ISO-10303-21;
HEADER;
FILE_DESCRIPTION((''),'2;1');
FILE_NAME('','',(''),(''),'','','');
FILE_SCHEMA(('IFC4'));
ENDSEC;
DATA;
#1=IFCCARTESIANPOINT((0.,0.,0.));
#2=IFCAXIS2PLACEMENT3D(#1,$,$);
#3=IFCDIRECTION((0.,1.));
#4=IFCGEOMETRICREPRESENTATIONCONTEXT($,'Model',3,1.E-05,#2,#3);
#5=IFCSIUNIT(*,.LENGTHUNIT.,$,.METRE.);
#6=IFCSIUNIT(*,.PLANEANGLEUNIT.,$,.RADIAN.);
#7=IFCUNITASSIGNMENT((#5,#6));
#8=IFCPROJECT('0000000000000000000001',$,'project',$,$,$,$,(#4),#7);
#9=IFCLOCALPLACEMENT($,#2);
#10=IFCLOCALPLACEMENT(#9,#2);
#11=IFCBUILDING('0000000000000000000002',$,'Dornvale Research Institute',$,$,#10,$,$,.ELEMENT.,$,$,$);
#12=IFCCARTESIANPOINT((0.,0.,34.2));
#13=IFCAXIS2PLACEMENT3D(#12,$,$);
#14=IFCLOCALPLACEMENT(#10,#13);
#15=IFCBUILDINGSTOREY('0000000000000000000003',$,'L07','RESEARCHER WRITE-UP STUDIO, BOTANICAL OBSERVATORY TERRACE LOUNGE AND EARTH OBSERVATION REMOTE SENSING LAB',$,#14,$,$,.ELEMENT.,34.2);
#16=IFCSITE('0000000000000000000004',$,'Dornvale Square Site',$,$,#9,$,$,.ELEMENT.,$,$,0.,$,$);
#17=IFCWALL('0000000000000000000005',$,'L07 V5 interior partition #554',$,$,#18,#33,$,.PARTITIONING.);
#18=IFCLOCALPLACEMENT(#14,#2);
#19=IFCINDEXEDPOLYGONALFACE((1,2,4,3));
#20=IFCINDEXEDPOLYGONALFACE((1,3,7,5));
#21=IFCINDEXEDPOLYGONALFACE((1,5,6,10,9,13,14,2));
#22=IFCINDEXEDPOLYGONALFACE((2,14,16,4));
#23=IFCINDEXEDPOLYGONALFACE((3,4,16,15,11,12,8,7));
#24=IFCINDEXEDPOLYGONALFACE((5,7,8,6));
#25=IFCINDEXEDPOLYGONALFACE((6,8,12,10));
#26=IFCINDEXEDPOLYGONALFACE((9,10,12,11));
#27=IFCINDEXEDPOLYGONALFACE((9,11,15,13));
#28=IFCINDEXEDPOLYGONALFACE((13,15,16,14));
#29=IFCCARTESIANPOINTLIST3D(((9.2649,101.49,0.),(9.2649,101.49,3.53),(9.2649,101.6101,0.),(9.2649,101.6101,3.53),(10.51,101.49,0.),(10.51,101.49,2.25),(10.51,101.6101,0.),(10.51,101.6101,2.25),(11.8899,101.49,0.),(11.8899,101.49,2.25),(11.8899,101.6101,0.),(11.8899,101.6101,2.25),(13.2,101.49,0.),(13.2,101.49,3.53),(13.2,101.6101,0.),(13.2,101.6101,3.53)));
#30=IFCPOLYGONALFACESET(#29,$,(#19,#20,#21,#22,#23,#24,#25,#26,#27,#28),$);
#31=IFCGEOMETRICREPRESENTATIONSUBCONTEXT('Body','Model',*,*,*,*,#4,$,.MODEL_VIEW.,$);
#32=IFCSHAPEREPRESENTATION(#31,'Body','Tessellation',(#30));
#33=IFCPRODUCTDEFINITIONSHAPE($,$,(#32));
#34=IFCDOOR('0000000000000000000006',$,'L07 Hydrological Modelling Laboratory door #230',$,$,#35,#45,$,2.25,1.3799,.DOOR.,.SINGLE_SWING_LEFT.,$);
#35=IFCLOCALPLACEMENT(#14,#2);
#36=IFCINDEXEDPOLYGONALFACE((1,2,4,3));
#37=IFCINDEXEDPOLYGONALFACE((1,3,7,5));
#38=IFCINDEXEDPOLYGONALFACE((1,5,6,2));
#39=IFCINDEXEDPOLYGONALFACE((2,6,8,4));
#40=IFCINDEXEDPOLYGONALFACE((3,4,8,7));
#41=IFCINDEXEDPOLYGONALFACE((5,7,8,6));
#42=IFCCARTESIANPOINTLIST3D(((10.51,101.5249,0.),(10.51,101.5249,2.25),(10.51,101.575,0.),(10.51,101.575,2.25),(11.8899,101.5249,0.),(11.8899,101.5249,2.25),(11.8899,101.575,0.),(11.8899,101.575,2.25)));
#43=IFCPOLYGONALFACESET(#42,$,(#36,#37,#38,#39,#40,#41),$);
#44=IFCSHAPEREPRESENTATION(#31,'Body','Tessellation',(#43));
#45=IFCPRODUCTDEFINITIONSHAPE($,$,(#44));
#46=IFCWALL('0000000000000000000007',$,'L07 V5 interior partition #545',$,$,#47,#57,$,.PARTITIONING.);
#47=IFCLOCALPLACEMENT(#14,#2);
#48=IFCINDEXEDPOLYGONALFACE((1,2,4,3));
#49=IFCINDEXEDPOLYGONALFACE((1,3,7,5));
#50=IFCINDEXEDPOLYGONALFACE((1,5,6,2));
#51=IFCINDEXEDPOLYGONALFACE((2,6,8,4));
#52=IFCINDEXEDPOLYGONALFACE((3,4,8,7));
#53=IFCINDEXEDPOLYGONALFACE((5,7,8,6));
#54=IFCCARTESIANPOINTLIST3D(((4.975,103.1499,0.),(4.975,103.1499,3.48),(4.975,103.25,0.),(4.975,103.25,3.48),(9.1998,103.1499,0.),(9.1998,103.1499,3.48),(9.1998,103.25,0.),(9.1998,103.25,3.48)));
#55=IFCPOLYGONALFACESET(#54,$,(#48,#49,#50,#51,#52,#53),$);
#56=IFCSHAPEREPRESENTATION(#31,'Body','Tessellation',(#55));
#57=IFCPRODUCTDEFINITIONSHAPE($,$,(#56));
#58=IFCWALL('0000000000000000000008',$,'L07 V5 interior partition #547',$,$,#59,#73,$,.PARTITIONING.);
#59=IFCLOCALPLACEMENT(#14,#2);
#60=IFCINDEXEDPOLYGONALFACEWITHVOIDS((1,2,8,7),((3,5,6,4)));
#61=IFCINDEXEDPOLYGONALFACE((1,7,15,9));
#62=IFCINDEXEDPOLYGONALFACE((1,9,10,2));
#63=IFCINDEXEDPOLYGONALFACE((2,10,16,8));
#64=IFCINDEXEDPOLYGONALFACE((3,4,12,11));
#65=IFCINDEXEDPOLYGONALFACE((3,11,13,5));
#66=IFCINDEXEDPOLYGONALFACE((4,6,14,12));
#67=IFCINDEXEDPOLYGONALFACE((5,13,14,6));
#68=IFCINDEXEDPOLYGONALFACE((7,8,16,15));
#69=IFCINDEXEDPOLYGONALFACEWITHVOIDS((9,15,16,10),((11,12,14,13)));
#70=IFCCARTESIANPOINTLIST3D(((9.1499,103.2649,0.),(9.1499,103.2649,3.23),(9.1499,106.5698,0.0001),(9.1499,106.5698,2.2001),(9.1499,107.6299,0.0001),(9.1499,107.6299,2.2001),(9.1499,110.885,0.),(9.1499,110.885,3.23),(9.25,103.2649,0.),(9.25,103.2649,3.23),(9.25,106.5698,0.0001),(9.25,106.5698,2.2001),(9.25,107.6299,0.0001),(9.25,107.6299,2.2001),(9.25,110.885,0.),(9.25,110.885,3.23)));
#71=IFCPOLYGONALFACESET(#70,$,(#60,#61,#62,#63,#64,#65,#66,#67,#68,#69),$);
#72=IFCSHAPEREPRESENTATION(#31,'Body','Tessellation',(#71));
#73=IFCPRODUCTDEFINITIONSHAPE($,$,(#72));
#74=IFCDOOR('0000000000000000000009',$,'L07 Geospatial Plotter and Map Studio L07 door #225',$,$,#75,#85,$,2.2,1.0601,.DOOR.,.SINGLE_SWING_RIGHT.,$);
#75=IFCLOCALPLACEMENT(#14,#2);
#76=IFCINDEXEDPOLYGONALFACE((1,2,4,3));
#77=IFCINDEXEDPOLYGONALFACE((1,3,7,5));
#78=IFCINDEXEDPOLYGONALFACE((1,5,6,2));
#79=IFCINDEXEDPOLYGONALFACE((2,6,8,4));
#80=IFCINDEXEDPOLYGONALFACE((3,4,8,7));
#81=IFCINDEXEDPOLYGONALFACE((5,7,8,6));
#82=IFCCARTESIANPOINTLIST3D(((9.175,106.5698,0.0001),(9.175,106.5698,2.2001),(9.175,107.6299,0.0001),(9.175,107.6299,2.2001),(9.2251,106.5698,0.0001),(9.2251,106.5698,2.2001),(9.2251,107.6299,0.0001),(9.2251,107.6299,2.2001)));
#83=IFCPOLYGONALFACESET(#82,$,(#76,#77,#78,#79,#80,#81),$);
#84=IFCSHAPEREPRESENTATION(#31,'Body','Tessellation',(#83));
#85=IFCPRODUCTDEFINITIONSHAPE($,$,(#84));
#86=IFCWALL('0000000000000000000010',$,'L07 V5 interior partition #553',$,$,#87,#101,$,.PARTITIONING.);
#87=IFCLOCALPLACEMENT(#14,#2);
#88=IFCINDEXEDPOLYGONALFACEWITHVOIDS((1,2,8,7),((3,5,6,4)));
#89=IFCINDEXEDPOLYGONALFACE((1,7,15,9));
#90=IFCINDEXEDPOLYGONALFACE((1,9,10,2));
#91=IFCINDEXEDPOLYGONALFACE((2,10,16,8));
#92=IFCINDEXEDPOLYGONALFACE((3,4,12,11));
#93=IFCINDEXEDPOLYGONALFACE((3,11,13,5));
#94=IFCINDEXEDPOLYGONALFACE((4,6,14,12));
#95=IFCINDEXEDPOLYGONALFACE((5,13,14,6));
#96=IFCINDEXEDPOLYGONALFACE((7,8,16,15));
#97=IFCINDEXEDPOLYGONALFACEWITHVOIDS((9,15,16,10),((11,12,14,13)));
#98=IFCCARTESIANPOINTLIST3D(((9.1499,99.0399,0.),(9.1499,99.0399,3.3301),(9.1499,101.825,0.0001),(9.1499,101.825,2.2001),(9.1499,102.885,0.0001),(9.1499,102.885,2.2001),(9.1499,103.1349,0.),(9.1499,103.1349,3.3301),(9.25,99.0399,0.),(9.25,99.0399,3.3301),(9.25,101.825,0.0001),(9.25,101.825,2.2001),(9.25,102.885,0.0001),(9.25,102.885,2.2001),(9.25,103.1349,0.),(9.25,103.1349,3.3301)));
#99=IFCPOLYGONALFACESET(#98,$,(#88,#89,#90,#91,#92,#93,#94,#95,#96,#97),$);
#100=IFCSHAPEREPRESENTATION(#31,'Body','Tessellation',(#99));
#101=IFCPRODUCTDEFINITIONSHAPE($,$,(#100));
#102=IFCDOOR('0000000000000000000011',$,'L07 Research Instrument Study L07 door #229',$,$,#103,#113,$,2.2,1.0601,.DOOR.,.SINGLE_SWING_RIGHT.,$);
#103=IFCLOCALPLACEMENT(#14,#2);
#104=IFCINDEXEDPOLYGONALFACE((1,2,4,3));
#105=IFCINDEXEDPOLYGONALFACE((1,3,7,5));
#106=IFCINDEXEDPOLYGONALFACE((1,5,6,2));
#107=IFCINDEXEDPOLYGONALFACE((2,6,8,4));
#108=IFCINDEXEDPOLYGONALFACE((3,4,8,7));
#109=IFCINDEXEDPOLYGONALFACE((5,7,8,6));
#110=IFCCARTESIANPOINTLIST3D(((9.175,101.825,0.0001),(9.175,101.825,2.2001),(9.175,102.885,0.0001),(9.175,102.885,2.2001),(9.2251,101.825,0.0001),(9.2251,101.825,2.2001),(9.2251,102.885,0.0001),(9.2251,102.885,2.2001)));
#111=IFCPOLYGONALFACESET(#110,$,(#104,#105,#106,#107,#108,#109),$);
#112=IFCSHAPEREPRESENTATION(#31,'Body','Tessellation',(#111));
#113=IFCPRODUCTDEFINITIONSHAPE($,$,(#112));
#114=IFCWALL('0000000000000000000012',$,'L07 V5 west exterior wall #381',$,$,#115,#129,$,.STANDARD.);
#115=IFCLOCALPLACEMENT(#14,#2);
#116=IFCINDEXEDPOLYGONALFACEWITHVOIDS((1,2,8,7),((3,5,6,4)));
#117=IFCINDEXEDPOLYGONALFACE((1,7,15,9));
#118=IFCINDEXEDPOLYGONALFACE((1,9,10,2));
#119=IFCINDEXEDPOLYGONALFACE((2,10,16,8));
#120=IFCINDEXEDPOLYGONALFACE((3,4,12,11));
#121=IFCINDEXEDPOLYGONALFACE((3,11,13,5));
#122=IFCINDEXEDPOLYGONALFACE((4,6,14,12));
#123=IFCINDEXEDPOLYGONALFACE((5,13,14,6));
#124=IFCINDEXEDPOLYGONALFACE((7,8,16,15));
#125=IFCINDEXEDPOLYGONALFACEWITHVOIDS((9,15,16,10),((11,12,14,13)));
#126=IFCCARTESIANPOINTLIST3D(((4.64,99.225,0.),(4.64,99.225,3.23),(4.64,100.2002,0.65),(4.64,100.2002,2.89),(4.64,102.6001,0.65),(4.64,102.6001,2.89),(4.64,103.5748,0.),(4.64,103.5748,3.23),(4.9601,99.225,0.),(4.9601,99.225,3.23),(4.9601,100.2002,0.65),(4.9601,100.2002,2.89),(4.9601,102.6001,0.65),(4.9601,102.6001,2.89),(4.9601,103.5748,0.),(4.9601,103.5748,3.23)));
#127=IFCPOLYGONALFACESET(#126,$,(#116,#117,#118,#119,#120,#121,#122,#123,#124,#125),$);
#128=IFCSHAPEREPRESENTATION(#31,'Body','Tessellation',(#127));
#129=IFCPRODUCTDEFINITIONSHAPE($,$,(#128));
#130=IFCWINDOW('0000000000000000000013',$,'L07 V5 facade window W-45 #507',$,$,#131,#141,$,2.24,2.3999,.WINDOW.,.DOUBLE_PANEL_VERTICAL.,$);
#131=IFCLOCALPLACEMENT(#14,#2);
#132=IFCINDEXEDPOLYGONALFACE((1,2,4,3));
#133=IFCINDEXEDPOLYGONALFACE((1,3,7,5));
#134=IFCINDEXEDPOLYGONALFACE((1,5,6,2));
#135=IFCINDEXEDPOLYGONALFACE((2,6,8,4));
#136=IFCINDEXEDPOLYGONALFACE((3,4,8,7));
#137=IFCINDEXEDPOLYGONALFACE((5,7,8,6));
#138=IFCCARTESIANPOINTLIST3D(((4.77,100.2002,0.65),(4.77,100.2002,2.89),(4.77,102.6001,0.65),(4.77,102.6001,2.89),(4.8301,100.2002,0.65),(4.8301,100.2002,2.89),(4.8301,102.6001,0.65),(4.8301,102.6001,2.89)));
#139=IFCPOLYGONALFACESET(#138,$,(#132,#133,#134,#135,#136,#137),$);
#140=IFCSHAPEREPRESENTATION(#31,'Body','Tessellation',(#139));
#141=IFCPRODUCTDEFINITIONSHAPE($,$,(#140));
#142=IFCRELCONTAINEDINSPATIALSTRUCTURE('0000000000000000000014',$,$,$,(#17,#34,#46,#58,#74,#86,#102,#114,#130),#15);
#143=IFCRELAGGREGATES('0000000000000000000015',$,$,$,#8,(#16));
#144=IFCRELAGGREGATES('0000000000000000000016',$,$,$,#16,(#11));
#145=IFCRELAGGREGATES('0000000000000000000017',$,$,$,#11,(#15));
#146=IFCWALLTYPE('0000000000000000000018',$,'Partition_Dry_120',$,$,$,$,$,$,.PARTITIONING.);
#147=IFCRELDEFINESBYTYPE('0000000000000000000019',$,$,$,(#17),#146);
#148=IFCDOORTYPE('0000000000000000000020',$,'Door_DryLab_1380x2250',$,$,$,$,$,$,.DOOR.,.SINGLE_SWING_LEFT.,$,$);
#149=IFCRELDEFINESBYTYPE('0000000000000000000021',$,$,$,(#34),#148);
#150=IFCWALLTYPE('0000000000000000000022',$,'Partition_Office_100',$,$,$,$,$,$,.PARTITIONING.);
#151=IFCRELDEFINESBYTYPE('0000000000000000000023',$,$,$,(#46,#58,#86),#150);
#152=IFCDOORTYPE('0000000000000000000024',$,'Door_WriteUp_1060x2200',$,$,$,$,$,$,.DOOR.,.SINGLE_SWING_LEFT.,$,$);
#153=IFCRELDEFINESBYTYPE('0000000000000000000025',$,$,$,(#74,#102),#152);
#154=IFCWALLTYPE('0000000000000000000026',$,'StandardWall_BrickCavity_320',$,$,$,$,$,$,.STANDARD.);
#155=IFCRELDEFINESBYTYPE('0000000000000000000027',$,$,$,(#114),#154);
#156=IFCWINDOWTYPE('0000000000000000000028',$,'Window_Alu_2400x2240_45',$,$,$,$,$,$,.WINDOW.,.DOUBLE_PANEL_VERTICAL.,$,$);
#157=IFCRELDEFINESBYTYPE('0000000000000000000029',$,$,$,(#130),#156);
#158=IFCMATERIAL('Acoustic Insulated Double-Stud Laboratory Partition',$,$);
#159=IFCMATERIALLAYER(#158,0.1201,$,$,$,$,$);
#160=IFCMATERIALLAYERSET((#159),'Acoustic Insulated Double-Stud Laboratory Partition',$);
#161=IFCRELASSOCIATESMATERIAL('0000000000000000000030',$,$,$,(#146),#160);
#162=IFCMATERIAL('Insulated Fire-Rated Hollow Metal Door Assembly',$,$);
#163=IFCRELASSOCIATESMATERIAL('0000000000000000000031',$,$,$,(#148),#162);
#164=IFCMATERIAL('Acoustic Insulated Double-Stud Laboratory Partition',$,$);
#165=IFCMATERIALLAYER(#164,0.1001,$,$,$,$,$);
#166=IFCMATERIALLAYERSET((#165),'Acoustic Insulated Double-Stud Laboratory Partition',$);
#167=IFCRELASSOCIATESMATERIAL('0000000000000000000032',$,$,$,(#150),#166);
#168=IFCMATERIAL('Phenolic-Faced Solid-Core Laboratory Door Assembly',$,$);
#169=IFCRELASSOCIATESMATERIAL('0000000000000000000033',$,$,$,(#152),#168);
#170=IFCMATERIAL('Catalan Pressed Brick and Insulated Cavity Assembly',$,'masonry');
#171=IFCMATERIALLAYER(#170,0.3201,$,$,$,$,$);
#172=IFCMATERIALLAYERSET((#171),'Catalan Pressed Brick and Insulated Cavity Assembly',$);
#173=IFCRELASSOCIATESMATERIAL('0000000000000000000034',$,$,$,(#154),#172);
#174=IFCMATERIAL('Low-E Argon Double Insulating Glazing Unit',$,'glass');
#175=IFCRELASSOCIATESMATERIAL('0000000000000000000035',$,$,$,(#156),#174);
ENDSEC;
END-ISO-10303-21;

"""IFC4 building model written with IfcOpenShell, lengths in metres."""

from ifc_helpers import new_model, si_unit, direction, frame, frame_2d, origin, place, context, subcontext, project, spatial, rectangle, extrude, material, layer, layer_set, type_object, element, fill, save


model = new_model("IFC4")

# Units and contexts
model_context = context("Model", 3, precision=1e-05, world=origin(), true_north=direction((0.0, 1.0)))
body_context = subcontext(model_context, "Body", "Model", "MODEL_VIEW")
ifc_project = project(units=[si_unit("LENGTHUNIT", "METRE"), si_unit("PLANEANGLEUNIT", "RADIAN")], contexts=[model_context])

# Site, building, storey
site_placement = place(None, origin())
site = spatial("IfcSite", under=ifc_project, at=site_placement, Name="Dornvale Square Site", CompositionType="ELEMENT", RefElevation=0.0)
building_placement = place(site_placement, origin())
building = spatial("IfcBuilding", under=site, at=building_placement, Name="Dornvale Research Institute", CompositionType="ELEMENT")
storey_placement = place(building_placement, frame((0.0, 0.0, 34.2)))
storey = spatial("IfcBuildingStorey", under=building, at=storey_placement, Name="L07", Description="RESEARCHER WRITE-UP STUDIO, BOTANICAL OBSERVATORY TERRACE LOUNGE AND EARTH OBSERVATION REMOTE SENSING LAB", CompositionType="ELEMENT", Elevation=34.2)

# Wall, opening, door
ifc_material_1 = material(Name="Acoustic Insulated Double-Stud Laboratory Partition")
ifc_layer_1 = layer(ifc_material_1, 0.1201)
ifc_layer_set_1 = layer_set([ifc_layer_1], Name="Acoustic Insulated Double-Stud Laboratory Partition")
wall_type_1 = type_object("IfcWallType", Name="Partition_Dry_120", PredefinedType="PARTITIONING", material=ifc_layer_set_1)
wall_1_placement = place(storey_placement, frame((9.2649, 101.55, 0.0), z_axis=(0.0, 0.0, 1.0), x_axis=(1.0, 0.0, 0.0)))
wall_1 = element("IfcWall", 1, at=wall_1_placement, inside=storey, type_object=wall_type_1, Name="L07 V5 interior partition #554", PredefinedType="PARTITIONING", context=body_context, shape_type="SweptSolid", body=[
    extrude(rectangle(XDim=3.9351, YDim=0.1201, at=frame_2d((1.9675, 0.0))), origin(), (0.0, 0.0, 1.0), 3.53),
])
opening_1_placement = place(wall_1_placement, frame((1.2451, 0.0, 0.0)))
opening_1 = element("IfcOpeningElement", 2, at=opening_1_placement, cuts=wall_1, PredefinedType="OPENING", context=body_context, shape_type="SweptSolid", body=[
    extrude(rectangle(XDim=1.3799, YDim=2.25, at=frame_2d((0.6899, 1.125))), frame((0.0, 0.075, 0.0), z_axis=(0.0, -1.0, 0.0), x_axis=(1.0, 0.0, 0.0)), (0.0, 0.0, 1.0), 0.1501),
])
ifc_material_2 = material(Name="Insulated Fire-Rated Hollow Metal Door Assembly")
door_type_1 = type_object("IfcDoorType", Name="Door_DryLab_1380x2250", OperationType="SINGLE_SWING_LEFT", PredefinedType="DOOR", material=ifc_material_2)
door_1_placement = place(opening_1_placement, origin())
door_1 = element("IfcDoor", 3, at=door_1_placement, inside=storey, type_object=door_type_1, Name="L07 Hydrological Modelling Laboratory door #230", OperationType="SINGLE_SWING_LEFT", OverallHeight=2.25, OverallWidth=1.3799, PredefinedType="DOOR", context=body_context, shape_type="SweptSolid", body=[
    extrude(rectangle(XDim=1.3799, YDim=2.25, at=frame_2d((0.6899, 1.125))), frame((0.0, 0.0249, 0.0), z_axis=(0.0, -1.0, 0.0), x_axis=(1.0, 0.0, 0.0)), (0.0, 0.0, 1.0), 0.05),
])
fill(opening_1, door_1)

# Wall
ifc_material_3 = material(Name="Acoustic Insulated Double-Stud Laboratory Partition")
ifc_layer_2 = layer(ifc_material_3, 0.1001)
ifc_layer_set_2 = layer_set([ifc_layer_2], Name="Acoustic Insulated Double-Stud Laboratory Partition")
wall_type_2 = type_object("IfcWallType", Name="Partition_Office_100", PredefinedType="PARTITIONING", material=ifc_layer_set_2)
wall_2_placement = place(storey_placement, frame((4.9751, 103.2, 0.0), z_axis=(0.0, 0.0, 1.0), x_axis=(1.0, 0.0, 0.0)))
element("IfcWall", 4, at=wall_2_placement, inside=storey, type_object=wall_type_2, Name="L07 V5 interior partition #545", PredefinedType="PARTITIONING", context=body_context, shape_type="SweptSolid", body=[
    extrude(rectangle(XDim=4.2249, YDim=0.1001, at=frame_2d((2.1123, 0.0))), origin(), (0.0, 0.0, 1.0), 3.48),
])

# Walls, openings, doors
wall_3_placement = place(storey_placement, frame((9.2, 103.2649, 0.0), z_axis=(0.0, 0.0, 1.0), x_axis=(0.0, 1.0, 0.0)))
wall_3 = element("IfcWall", 5, at=wall_3_placement, inside=storey, type_object=wall_type_2, Name="L07 V5 interior partition #547", PredefinedType="PARTITIONING", context=body_context, shape_type="SweptSolid", body=[
    extrude(rectangle(XDim=7.6201, YDim=0.1001, at=frame_2d((3.8101, 0.0))), origin(), (0.0, 0.0, 1.0), 3.23),
])
opening_2_placement = place(wall_3_placement, frame((3.3049, 0.0, 0.0)))
opening_2 = element("IfcOpeningElement", 6, at=opening_2_placement, cuts=wall_3, PredefinedType="OPENING", context=body_context, shape_type="SweptSolid", body=[
    extrude(rectangle(XDim=1.0601, YDim=2.2, at=frame_2d((0.53, 1.1001))), frame((0.0, 0.0649, 0.0), z_axis=(0.0, -1.0, 0.0), x_axis=(1.0, 0.0, 0.0)), (0.0, 0.0, 1.0), 0.1301),
])
ifc_material_4 = material(Name="Phenolic-Faced Solid-Core Laboratory Door Assembly")
door_type_2 = type_object("IfcDoorType", Name="Door_WriteUp_1060x2200", OperationType="SINGLE_SWING_LEFT", PredefinedType="DOOR", material=ifc_material_4)
door_2_placement = place(opening_2_placement, origin())
door_2 = element("IfcDoor", 7, at=door_2_placement, inside=storey, type_object=door_type_2, Name="L07 Geospatial Plotter and Map Studio L07 door #225", OperationType="SINGLE_SWING_RIGHT", OverallHeight=2.2, OverallWidth=1.0601, PredefinedType="DOOR", context=body_context, shape_type="SweptSolid", body=[
    extrude(rectangle(XDim=1.0601, YDim=2.2, at=frame_2d((0.53, 1.1001))), frame((0.0, 0.0249, 0.0), z_axis=(0.0, -1.0, 0.0), x_axis=(1.0, 0.0, 0.0)), (0.0, 0.0, 1.0), 0.05),
])
fill(opening_2, door_2)
wall_4_placement = place(storey_placement, frame((9.2, 99.04, 0.0), z_axis=(0.0, 0.0, 1.0), x_axis=(0.0, 1.0, 0.0)))
wall_4 = element("IfcWall", 8, at=wall_4_placement, inside=storey, type_object=wall_type_2, Name="L07 V5 interior partition #553", PredefinedType="PARTITIONING", context=body_context, shape_type="SweptSolid", body=[
    extrude(rectangle(XDim=4.095, YDim=0.1001, at=frame_2d((2.0474, 0.0))), origin(), (0.0, 0.0, 1.0), 3.3301),
])
opening_3_placement = place(wall_4_placement, frame((2.7849, 0.0, 0.0)))
opening_3 = element("IfcOpeningElement", 9, at=opening_3_placement, cuts=wall_4, PredefinedType="OPENING", context=body_context, shape_type="SweptSolid", body=[
    extrude(rectangle(XDim=1.0601, YDim=2.2, at=frame_2d((0.53, 1.1001))), frame((0.0, 0.0649, 0.0), z_axis=(0.0, -1.0, 0.0), x_axis=(1.0, 0.0, 0.0)), (0.0, 0.0, 1.0), 0.1301),
])
door_3_placement = place(opening_3_placement, origin())
door_3 = element("IfcDoor", 10, at=door_3_placement, inside=storey, type_object=door_type_2, Name="L07 Research Instrument Study L07 door #229", OperationType="SINGLE_SWING_RIGHT", OverallHeight=2.2, OverallWidth=1.0601, PredefinedType="DOOR", context=body_context, shape_type="SweptSolid", body=[
    extrude(rectangle(XDim=1.0601, YDim=2.2, at=frame_2d((0.53, 1.1001))), frame((0.0, 0.0249, 0.0), z_axis=(0.0, -1.0, 0.0), x_axis=(1.0, 0.0, 0.0)), (0.0, 0.0, 1.0), 0.05),
])
fill(opening_3, door_3)

# Wall, opening, window
ifc_material_5 = material(Name="Catalan Pressed Brick and Insulated Cavity Assembly", Category="masonry")
ifc_layer_3 = layer(ifc_material_5, 0.3201)
ifc_layer_set_3 = layer_set([ifc_layer_3], Name="Catalan Pressed Brick and Insulated Cavity Assembly")
wall_type_3 = type_object("IfcWallType", Name="StandardWall_BrickCavity_320", PredefinedType="STANDARD", material=ifc_layer_set_3)
wall_5_placement = place(storey_placement, frame((4.8, 99.2251, 0.0), z_axis=(0.0, 0.0, 1.0), x_axis=(0.0, 1.0, 0.0)))
wall_5 = element("IfcWall", 11, at=wall_5_placement, inside=storey, type_object=wall_type_3, Name="L07 V5 west exterior wall #381", PredefinedType="STANDARD", context=body_context, shape_type="SweptSolid", body=[
    extrude(rectangle(XDim=4.3499, YDim=0.3201, at=frame_2d((2.1748, 0.0))), origin(), (0.0, 0.0, 1.0), 3.23),
])
opening_4_placement = place(wall_5_placement, frame((0.9751, 0.0, 0.6499)))
opening_4 = element("IfcOpeningElement", 12, at=opening_4_placement, cuts=wall_5, PredefinedType="OPENING", context=body_context, shape_type="SweptSolid", body=[
    extrude(rectangle(XDim=2.3999, YDim=2.24, at=frame_2d((1.2, 1.1201))), frame((0.0, 0.175, 0.0), z_axis=(0.0, -1.0, 0.0), x_axis=(1.0, 0.0, 0.0)), (0.0, 0.0, 1.0), 0.3501),
])
ifc_material_6 = material(Name="Low-E Argon Double Insulating Glazing Unit", Category="glass")
window_type = type_object("IfcWindowType", Name="Window_Alu_2400x2240_45", PartitioningType="DOUBLE_PANEL_VERTICAL", PredefinedType="WINDOW", material=ifc_material_6)
window_placement = place(opening_4_placement, origin())
window = element("IfcWindow", 13, at=window_placement, inside=storey, type_object=window_type, Name="L07 V5 facade window W-45 #507", OverallHeight=2.24, OverallWidth=2.3999, PartitioningType="DOUBLE_PANEL_VERTICAL", PredefinedType="WINDOW", context=body_context, shape_type="SweptSolid", body=[
    extrude(rectangle(XDim=2.3999, YDim=2.24, at=frame_2d((1.2, 1.1201))), frame((0.0, 0.03, 0.0), z_axis=(0.0, -1.0, 0.0), x_axis=(1.0, 0.0, 0.0)), (0.0, 0.0, 1.0), 0.0601),
])
fill(opening_4, window)

save(model, "model.ifc")
